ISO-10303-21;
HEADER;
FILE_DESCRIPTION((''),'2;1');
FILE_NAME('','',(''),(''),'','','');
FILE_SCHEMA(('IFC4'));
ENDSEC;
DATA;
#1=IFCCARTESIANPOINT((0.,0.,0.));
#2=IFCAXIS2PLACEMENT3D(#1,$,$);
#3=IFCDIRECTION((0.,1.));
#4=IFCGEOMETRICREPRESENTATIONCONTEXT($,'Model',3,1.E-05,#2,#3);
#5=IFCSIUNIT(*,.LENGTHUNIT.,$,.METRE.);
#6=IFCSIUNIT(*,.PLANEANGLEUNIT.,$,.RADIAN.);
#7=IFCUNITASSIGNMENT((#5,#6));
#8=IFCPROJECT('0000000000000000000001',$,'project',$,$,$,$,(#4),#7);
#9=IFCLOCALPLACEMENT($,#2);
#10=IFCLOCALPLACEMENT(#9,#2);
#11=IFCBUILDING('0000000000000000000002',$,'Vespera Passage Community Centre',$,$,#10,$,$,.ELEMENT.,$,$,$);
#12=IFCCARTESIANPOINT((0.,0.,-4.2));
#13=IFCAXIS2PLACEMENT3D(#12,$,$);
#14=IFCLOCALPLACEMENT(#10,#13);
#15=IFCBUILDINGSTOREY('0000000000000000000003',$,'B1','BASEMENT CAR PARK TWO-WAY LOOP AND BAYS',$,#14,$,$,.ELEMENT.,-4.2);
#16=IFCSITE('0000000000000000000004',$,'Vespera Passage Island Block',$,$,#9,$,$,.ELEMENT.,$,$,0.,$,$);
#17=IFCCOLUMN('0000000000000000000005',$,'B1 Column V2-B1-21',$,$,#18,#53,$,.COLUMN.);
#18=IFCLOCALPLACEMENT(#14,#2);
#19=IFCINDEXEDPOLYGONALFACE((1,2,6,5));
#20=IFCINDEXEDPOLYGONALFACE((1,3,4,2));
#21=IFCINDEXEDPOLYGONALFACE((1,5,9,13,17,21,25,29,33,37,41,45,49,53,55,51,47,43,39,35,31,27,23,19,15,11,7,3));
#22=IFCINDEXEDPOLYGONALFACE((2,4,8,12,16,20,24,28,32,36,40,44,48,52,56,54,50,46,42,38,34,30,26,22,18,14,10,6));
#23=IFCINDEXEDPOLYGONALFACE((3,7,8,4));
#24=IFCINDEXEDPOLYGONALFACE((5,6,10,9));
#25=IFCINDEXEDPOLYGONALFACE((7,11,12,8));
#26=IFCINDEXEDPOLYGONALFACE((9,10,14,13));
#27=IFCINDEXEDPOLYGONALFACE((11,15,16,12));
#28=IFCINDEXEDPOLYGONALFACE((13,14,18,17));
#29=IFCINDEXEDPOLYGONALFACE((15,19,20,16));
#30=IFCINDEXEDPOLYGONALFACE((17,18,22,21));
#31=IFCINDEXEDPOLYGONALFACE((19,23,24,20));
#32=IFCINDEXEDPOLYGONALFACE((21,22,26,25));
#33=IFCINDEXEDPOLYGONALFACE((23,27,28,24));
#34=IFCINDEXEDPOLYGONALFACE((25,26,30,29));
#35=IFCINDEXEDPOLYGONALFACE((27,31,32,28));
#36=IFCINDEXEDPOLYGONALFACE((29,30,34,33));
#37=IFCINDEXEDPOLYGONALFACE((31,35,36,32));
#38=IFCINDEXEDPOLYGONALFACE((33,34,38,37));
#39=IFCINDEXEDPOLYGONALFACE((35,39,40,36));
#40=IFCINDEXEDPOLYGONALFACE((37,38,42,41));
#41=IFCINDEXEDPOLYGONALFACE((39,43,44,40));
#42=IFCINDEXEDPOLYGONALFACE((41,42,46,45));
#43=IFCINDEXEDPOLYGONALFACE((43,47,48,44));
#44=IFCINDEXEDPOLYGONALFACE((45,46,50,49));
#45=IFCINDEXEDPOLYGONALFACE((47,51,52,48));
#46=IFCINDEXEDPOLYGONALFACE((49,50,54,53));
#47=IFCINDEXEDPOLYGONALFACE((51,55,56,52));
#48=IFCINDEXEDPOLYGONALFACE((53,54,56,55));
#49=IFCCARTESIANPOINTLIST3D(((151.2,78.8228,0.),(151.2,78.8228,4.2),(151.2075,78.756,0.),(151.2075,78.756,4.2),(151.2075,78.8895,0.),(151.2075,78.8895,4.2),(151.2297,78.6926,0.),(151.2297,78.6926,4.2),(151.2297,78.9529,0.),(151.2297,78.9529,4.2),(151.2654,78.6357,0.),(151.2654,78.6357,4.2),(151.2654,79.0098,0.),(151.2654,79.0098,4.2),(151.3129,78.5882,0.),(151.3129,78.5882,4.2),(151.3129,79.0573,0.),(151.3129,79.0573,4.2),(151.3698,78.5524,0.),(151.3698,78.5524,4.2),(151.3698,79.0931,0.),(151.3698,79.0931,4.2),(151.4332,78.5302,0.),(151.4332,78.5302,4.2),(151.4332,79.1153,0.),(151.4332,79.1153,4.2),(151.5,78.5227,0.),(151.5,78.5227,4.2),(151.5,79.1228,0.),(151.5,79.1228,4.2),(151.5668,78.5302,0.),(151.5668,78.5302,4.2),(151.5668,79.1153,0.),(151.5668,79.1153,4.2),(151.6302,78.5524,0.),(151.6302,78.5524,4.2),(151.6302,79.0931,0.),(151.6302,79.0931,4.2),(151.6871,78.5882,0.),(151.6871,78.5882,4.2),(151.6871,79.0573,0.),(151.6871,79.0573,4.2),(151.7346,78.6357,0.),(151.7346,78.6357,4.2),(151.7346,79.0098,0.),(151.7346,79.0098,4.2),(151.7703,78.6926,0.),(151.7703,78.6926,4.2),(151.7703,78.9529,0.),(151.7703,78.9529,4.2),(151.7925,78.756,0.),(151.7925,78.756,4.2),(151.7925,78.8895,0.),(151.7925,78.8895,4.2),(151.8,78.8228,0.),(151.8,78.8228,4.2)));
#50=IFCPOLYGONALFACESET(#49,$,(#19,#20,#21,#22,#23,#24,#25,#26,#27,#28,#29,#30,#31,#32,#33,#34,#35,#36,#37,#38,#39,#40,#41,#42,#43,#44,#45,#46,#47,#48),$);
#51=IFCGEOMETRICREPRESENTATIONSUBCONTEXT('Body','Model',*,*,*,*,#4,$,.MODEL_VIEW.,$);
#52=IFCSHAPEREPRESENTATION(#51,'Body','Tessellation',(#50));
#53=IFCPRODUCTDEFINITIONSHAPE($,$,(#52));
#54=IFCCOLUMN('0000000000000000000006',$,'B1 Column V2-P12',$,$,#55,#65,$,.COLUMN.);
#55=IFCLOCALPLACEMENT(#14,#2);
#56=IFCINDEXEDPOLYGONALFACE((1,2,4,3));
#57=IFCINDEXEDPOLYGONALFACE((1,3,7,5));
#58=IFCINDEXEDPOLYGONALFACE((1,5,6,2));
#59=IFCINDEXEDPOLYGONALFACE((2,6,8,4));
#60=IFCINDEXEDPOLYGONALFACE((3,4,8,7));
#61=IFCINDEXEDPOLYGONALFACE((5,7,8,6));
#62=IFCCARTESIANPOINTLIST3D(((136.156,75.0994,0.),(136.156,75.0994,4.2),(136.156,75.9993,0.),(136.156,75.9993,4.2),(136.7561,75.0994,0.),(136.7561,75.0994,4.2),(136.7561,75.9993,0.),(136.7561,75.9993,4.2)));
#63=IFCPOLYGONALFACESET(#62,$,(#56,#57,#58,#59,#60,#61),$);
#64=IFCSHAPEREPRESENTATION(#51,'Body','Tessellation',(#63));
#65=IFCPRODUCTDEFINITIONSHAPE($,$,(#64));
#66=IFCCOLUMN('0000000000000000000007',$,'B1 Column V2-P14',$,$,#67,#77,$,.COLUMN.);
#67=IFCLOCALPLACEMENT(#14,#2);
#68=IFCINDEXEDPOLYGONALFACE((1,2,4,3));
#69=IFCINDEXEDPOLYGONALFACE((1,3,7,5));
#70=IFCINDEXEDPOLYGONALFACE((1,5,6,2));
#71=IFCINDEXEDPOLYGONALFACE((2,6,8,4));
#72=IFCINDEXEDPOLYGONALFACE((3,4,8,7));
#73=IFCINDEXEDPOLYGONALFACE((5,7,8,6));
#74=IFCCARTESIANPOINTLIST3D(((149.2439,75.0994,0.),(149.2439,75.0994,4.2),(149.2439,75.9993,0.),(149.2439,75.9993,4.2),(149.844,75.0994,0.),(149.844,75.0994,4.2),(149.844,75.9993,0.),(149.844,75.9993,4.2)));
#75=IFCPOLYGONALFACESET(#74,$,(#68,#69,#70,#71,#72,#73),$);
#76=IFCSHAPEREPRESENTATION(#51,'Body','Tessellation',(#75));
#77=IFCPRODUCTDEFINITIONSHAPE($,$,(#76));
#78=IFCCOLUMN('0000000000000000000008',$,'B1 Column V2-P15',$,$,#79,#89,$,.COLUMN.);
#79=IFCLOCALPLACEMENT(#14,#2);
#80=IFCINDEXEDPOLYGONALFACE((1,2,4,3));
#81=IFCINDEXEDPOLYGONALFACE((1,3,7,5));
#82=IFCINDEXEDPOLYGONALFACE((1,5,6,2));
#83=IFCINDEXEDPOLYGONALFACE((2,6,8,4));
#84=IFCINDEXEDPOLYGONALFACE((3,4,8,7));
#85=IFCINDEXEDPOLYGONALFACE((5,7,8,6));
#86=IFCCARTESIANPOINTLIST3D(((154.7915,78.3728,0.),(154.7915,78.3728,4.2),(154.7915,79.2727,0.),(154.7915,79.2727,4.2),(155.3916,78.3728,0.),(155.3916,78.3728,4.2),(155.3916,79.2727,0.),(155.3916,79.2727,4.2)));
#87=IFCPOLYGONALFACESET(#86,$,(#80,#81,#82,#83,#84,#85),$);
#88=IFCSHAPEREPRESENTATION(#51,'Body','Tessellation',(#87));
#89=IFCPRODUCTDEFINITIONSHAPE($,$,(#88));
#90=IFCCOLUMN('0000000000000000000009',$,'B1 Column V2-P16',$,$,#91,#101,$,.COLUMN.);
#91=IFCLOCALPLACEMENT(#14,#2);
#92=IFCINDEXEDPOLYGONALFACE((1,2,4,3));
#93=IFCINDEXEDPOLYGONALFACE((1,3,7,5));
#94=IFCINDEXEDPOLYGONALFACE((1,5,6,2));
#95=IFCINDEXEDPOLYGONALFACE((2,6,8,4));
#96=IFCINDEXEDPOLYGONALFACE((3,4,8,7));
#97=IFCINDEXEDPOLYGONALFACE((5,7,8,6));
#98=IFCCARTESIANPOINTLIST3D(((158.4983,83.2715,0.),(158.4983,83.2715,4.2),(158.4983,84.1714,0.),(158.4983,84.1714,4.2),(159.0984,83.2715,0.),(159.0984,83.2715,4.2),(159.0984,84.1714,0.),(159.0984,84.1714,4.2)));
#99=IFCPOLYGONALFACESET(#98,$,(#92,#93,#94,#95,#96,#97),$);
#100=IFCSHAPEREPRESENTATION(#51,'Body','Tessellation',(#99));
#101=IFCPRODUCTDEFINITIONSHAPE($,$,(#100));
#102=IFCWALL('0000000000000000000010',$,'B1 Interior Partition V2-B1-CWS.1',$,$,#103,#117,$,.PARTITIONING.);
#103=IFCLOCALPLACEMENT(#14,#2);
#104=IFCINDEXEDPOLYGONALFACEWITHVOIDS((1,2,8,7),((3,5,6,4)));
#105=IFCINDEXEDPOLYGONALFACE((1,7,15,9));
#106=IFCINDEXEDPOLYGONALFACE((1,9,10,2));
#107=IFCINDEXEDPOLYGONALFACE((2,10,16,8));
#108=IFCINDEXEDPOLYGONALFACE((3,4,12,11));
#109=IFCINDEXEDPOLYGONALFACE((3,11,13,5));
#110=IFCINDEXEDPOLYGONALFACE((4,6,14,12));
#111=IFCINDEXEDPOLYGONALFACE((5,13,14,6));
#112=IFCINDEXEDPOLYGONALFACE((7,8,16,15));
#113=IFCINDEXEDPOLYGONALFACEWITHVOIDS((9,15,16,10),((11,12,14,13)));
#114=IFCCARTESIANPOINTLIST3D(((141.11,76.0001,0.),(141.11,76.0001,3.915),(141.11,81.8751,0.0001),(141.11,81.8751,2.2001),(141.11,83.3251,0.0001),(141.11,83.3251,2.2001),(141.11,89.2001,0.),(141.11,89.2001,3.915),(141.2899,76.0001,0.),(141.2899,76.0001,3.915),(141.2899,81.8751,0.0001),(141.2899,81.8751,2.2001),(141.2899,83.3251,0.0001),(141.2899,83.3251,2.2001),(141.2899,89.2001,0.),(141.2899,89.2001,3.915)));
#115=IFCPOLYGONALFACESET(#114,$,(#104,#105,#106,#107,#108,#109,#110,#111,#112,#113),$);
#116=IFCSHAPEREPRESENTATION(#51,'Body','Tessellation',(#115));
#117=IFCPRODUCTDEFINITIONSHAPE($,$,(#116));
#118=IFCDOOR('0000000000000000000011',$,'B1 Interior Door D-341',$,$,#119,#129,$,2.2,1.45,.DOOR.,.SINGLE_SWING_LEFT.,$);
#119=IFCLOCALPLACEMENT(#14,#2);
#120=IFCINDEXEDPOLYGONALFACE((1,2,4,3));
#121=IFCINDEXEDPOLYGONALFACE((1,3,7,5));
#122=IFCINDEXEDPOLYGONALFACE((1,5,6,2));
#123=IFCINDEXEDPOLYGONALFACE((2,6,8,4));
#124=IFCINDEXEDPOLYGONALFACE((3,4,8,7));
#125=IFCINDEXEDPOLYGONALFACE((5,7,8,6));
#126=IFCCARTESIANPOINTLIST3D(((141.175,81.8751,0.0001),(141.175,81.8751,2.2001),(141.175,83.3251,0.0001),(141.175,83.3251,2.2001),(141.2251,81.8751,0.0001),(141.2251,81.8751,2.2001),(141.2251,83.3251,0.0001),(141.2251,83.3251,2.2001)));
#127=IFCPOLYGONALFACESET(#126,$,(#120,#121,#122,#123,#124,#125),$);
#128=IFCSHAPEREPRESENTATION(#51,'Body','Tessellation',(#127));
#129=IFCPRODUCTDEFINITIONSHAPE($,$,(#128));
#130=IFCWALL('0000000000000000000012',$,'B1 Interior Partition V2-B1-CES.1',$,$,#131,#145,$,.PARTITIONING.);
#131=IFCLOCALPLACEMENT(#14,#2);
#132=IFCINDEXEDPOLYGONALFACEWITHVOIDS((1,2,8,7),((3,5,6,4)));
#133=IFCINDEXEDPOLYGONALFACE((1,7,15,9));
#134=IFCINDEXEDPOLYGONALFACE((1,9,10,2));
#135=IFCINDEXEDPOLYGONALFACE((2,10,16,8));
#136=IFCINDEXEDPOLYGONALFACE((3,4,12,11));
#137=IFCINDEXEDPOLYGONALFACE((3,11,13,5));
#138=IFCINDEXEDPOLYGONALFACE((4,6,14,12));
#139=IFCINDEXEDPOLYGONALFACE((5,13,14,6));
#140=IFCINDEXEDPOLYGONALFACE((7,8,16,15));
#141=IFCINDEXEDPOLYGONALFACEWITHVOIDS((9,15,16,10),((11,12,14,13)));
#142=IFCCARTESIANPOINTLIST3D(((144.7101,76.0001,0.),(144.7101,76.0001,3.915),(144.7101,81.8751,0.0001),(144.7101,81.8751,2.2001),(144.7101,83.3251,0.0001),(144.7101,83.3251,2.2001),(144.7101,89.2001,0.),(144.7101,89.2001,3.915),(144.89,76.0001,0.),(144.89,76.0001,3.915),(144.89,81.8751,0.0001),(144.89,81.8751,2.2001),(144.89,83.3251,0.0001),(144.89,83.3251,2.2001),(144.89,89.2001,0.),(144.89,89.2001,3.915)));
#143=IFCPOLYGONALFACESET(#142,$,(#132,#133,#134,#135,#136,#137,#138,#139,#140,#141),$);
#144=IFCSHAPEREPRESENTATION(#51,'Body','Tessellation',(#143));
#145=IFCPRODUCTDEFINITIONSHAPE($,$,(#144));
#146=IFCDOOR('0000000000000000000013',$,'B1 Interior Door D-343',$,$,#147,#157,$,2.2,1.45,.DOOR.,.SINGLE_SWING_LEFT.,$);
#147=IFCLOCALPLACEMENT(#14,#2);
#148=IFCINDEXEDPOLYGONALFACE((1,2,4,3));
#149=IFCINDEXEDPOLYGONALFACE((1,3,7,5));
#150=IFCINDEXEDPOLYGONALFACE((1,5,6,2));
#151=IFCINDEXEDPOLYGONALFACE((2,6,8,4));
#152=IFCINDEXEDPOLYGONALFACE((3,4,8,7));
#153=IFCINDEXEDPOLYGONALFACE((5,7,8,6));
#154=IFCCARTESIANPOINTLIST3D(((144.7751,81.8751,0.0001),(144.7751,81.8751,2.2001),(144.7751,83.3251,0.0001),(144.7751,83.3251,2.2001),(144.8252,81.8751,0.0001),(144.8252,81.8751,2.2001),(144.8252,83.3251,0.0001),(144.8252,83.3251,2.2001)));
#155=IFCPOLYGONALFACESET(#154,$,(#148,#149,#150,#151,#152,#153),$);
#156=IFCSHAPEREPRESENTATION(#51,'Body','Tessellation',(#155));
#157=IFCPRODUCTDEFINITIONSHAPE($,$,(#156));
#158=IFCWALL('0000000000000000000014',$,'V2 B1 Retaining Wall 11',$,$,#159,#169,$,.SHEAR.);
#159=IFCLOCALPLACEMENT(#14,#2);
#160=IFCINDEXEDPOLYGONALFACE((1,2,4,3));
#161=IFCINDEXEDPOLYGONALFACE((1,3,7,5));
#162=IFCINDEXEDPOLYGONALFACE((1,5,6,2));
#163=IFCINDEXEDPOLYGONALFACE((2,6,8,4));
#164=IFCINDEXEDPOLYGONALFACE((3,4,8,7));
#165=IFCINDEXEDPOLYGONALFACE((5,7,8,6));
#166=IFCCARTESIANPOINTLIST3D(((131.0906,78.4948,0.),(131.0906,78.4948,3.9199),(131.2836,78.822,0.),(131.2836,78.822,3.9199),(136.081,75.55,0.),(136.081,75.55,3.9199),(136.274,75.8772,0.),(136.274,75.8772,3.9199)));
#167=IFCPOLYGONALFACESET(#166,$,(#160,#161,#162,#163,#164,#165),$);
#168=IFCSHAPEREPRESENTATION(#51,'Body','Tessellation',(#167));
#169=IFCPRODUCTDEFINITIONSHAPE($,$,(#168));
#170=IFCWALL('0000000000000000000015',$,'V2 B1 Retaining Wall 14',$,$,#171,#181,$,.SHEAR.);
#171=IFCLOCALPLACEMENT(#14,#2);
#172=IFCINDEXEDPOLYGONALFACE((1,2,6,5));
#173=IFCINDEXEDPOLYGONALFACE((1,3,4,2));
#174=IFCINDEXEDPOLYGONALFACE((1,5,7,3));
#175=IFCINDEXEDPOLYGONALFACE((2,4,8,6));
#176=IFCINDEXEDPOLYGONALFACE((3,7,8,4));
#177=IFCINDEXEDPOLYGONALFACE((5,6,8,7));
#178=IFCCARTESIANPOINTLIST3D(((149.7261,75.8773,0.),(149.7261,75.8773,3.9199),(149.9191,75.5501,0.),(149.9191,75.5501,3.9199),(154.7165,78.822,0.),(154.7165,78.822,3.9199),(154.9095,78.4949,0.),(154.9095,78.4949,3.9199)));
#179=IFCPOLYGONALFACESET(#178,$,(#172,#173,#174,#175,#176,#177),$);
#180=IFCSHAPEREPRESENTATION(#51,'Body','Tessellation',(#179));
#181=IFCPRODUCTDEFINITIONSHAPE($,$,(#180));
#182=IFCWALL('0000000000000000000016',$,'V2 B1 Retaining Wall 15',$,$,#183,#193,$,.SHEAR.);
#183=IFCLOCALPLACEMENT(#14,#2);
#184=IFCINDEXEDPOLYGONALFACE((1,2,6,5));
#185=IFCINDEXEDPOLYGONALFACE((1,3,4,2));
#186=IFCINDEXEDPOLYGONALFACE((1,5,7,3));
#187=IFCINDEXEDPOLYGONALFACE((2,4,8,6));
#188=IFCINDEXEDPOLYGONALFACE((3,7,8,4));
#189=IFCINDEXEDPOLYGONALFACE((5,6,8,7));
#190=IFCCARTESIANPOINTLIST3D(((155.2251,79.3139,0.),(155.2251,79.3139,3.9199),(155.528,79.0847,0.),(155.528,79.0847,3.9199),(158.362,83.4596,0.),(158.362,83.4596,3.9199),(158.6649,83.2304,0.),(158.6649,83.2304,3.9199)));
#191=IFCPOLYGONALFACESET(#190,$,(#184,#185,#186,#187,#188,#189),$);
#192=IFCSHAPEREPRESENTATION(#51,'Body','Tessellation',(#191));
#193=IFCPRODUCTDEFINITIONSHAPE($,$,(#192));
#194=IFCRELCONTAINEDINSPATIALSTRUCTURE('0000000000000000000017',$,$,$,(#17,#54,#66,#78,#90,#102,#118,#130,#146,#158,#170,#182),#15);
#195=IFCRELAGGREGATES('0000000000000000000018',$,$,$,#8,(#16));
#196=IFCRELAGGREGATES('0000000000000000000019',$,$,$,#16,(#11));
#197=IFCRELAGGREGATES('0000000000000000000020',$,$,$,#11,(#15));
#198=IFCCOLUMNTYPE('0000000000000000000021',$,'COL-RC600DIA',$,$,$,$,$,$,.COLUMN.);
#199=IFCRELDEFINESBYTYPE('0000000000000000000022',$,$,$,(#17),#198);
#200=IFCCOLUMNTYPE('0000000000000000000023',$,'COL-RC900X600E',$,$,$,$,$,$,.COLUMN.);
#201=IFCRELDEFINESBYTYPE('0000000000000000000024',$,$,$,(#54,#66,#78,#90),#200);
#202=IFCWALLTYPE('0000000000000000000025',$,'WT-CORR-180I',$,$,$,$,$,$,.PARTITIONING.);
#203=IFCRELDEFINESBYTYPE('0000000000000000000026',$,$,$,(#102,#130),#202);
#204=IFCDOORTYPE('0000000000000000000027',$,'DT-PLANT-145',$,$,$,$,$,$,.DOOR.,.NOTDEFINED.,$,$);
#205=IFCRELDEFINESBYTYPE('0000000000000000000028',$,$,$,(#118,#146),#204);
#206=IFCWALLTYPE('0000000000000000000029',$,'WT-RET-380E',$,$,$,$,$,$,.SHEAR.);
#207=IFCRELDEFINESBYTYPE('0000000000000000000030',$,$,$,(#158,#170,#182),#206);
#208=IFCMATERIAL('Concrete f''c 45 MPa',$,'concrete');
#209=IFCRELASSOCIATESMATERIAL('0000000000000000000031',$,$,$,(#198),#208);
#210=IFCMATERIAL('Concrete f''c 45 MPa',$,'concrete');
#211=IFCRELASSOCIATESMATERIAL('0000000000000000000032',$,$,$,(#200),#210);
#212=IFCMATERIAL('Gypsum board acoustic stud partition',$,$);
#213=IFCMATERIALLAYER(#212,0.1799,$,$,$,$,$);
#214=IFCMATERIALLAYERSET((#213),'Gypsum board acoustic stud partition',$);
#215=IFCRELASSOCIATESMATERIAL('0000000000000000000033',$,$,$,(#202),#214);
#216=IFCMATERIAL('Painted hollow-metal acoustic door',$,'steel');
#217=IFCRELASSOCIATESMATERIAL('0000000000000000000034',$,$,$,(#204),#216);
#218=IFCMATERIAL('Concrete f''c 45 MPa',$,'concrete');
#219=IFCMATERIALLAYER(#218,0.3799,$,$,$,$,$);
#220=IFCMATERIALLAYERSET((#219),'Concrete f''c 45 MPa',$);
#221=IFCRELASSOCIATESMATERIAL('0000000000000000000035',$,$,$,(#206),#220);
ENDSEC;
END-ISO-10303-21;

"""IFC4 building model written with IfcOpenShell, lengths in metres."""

from ifc_helpers import new_model, si_unit, direction, frame, frame_2d, origin, origin_2d, place, context, subcontext, project, spatial, rectangle, circle, extrude, material, layer, layer_set, material_profile, profile_set, type_object, element, fill, save


model = new_model("IFC4")

# Units and contexts
model_context = context("Model", 3, precision=1e-05, world=origin(), true_north=direction((0.0, 1.0)))
body_context = subcontext(model_context, "Body", "Model", "MODEL_VIEW")
ifc_project = project(units=[si_unit("LENGTHUNIT", "METRE"), si_unit("PLANEANGLEUNIT", "RADIAN")], contexts=[model_context])

# Site, building, storey
site_placement = place(None, origin())
site = spatial("IfcSite", under=ifc_project, at=site_placement, Name="Vespera Passage Island Block", CompositionType="ELEMENT", RefElevation=0.0)
building_placement = place(site_placement, origin())
building = spatial("IfcBuilding", under=site, at=building_placement, Name="Vespera Passage Community Centre", CompositionType="ELEMENT")
storey_placement = place(building_placement, frame((0.0, 0.0, -4.2)))
storey = spatial("IfcBuildingStorey", under=building, at=storey_placement, Name="B1", Description="BASEMENT CAR PARK TWO-WAY LOOP AND BAYS", CompositionType="ELEMENT", Elevation=-4.2)

# Columns
ifc_material_1 = material(Name="Concrete f'c 45 MPa", Category="concrete")
ifc_material_profile_1 = material_profile(ifc_material_1, circle(Radius=0.3, at=origin_2d()), Name="RC600DIA")
ifc_profile_set_1 = profile_set([ifc_material_profile_1], Name="Concrete f'c 45 MPa")
column_type_1 = type_object("IfcColumnType", Name="COL-RC600DIA", PredefinedType="COLUMN", material=ifc_profile_set_1)
for number, where, z_axis, x_axis, name in (
    (1, (151.5, 78.8228, 0.0), (0.0, 0.0, 1.0), (1.0, 0.0, 0.0), "B1 Column V2-B1-21"),
):
    element("IfcColumn", number, at=place(storey_placement, frame(where, z_axis=z_axis, x_axis=x_axis)), inside=storey, type_object=column_type_1, Name=name, PredefinedType="COLUMN", context=body_context, shape_type="SweptSolid", body=[
        extrude(circle(Radius=0.3, at=origin_2d()), origin(), (0.0, 0.0, 1.0), 4.2),
    ])
ifc_material_2 = material(Name="Concrete f'c 45 MPa", Category="concrete")
ifc_material_profile_2 = material_profile(ifc_material_2, rectangle(XDim=0.6001, YDim=0.8999, at=origin_2d()), Name="RC900X600")
ifc_profile_set_2 = profile_set([ifc_material_profile_2], Name="Concrete f'c 45 MPa")
column_type_2 = type_object("IfcColumnType", Name="COL-RC900X600E", PredefinedType="COLUMN", material=ifc_profile_set_2)
for number, where, z_axis, x_axis, name in (
    (2, (136.4561, 75.5493, 0.0), (0.0, 0.0, 1.0), (1.0, 0.0, 0.0), "B1 Column V2-P12"),
    (3, (149.5439, 75.5493, 0.0), (0.0, 0.0, 1.0), (1.0, 0.0, 0.0), "B1 Column V2-P14"),
    (4, (155.0916, 78.8228, 0.0), (0.0, 0.0, 1.0), (1.0, 0.0, 0.0), "B1 Column V2-P15"),
    (5, (158.7983, 83.7214, 0.0), (0.0, 0.0, 1.0), (1.0, 0.0, 0.0), "B1 Column V2-P16"),
):
    element("IfcColumn", number, at=place(storey_placement, frame(where, z_axis=z_axis, x_axis=x_axis)), inside=storey, type_object=column_type_2, Name=name, PredefinedType="COLUMN", context=body_context, shape_type="SweptSolid", body=[
        extrude(rectangle(XDim=0.6001, YDim=0.8999, at=origin_2d()), origin(), (0.0, 0.0, 1.0), 4.2),
    ])

# Walls, openings, doors
ifc_material_3 = material(Name="Gypsum board acoustic stud partition")
ifc_layer_1 = layer(ifc_material_3, 0.1799)
ifc_layer_set_1 = layer_set([ifc_layer_1], Name="Gypsum board acoustic stud partition")
wall_type_1 = type_object("IfcWallType", Name="WT-CORR-180I", PredefinedType="PARTITIONING", material=ifc_layer_set_1)
wall_1_placement = place(storey_placement, frame((141.2, 76.0, 0.0), z_axis=(0.0, 0.0, 1.0), x_axis=(0.0, 1.0, 0.0)))
wall_1 = element("IfcWall", 6, at=wall_1_placement, inside=storey, type_object=wall_type_1, Name="B1 Interior Partition V2-B1-CWS.1", PredefinedType="PARTITIONING", context=body_context, shape_type="SweptSolid", body=[
    extrude(rectangle(XDim=13.2, YDim=0.1799, at=frame_2d((6.6001, 0.0))), origin(), (0.0, 0.0, 1.0), 3.915),
])
opening_1_placement = place(wall_1_placement, frame((5.875, 0.0, 0.0)))
opening_1 = element("IfcOpeningElement", 7, at=opening_1_placement, cuts=wall_1, PredefinedType="OPENING", context=body_context, shape_type="SweptSolid", body=[
    extrude(rectangle(XDim=1.45, YDim=2.2, at=frame_2d((0.7251, 1.1001))), frame((0.0, 0.0999, 0.0), z_axis=(0.0, -1.0, 0.0), x_axis=(1.0, 0.0, 0.0)), (0.0, 0.0, 1.0), 0.2),
])
ifc_material_4 = material(Name="Painted hollow-metal acoustic door", Category="steel")
door_type = type_object("IfcDoorType", Name="DT-PLANT-145", OperationType="NOTDEFINED", PredefinedType="DOOR", material=ifc_material_4)
door_1_placement = place(opening_1_placement, origin())
door_1 = element("IfcDoor", 8, at=door_1_placement, inside=storey, type_object=door_type, Name="B1 Interior Door D-341", OperationType="SINGLE_SWING_LEFT", OverallHeight=2.2, OverallWidth=1.45, PredefinedType="DOOR", context=body_context, shape_type="SweptSolid", body=[
    extrude(rectangle(XDim=1.45, YDim=2.2, at=frame_2d((0.7251, 1.1001))), frame((0.0, 0.0249, 0.0), z_axis=(0.0, -1.0, 0.0), x_axis=(1.0, 0.0, 0.0)), (0.0, 0.0, 1.0), 0.05),
])
fill(opening_1, door_1)
wall_2_placement = place(storey_placement, frame((144.8, 76.0, 0.0), z_axis=(0.0, 0.0, 1.0), x_axis=(0.0, 1.0, 0.0)))
wall_2 = element("IfcWall", 9, at=wall_2_placement, inside=storey, type_object=wall_type_1, Name="B1 Interior Partition V2-B1-CES.1", PredefinedType="PARTITIONING", context=body_context, shape_type="SweptSolid", body=[
    extrude(rectangle(XDim=13.2, YDim=0.1799, at=frame_2d((6.6001, 0.0))), origin(), (0.0, 0.0, 1.0), 3.915),
])
opening_2_placement = place(wall_2_placement, frame((5.875, 0.0, 0.0)))
opening_2 = element("IfcOpeningElement", 10, at=opening_2_placement, cuts=wall_2, PredefinedType="OPENING", context=body_context, shape_type="SweptSolid", body=[
    extrude(rectangle(XDim=1.45, YDim=2.2, at=frame_2d((0.7251, 1.1001))), frame((0.0, 0.0999, 0.0), z_axis=(0.0, -1.0, 0.0), x_axis=(1.0, 0.0, 0.0)), (0.0, 0.0, 1.0), 0.2),
])
door_2_placement = place(opening_2_placement, origin())
door_2 = element("IfcDoor", 11, at=door_2_placement, inside=storey, type_object=door_type, Name="B1 Interior Door D-343", OperationType="SINGLE_SWING_LEFT", OverallHeight=2.2, OverallWidth=1.45, PredefinedType="DOOR", context=body_context, shape_type="SweptSolid", body=[
    extrude(rectangle(XDim=1.45, YDim=2.2, at=frame_2d((0.7251, 1.1001))), frame((0.0, 0.0249, 0.0), z_axis=(0.0, -1.0, 0.0), x_axis=(1.0, 0.0, 0.0)), (0.0, 0.0, 1.0), 0.05),
])
fill(opening_2, door_2)

# Walls
ifc_material_5 = material(Name="Concrete f'c 45 MPa", Category="concrete")
ifc_layer_2 = layer(ifc_material_5, 0.3799)
ifc_layer_set_2 = layer_set([ifc_layer_2], Name="Concrete f'c 45 MPa")
wall_type_2 = type_object("IfcWallType", Name="WT-RET-380E", PredefinedType="SHEAR", material=ifc_layer_set_2)
for number, where, z_axis, x_axis, name in (
    (12, (136.1775, 75.7136, 0.0), (0.0, 0.0, 1.0), (-0.861236, 0.508205, 0.0), "V2 B1 Retaining Wall 11"),
    (13, (154.813, 78.6584, 0.0), (0.0, 0.0, 1.0), (-0.861236, -0.508205, 0.0), "V2 B1 Retaining Wall 14"),
):
    element("IfcWall", number, at=place(storey_placement, frame(where, z_axis=z_axis, x_axis=x_axis)), inside=storey, type_object=wall_type_2, Name=name, PredefinedType="SHEAR", context=body_context, shape_type="SweptSolid", body=[
        extrude(rectangle(XDim=5.7944, YDim=0.3799, at=frame_2d((2.8972, 0.0))), origin(), (0.0, 0.0, 1.0), 3.9199),
    ])
wall_3_placement = place(storey_placement, frame((158.5134, 83.345, 0.0), z_axis=(0.0, 0.0, 1.0), x_axis=(-0.603398, -0.79744, 0.0)))
element("IfcWall", 14, at=wall_3_placement, inside=storey, type_object=wall_type_2, Name="V2 B1 Retaining Wall 15", PredefinedType="SHEAR", context=body_context, shape_type="SweptSolid", body=[
    extrude(rectangle(XDim=5.1987, YDim=0.3799, at=frame_2d((2.5994, 0.0))), origin(), (0.0, 0.0, 1.0), 3.9199),
])

save(model, "model.ifc")
